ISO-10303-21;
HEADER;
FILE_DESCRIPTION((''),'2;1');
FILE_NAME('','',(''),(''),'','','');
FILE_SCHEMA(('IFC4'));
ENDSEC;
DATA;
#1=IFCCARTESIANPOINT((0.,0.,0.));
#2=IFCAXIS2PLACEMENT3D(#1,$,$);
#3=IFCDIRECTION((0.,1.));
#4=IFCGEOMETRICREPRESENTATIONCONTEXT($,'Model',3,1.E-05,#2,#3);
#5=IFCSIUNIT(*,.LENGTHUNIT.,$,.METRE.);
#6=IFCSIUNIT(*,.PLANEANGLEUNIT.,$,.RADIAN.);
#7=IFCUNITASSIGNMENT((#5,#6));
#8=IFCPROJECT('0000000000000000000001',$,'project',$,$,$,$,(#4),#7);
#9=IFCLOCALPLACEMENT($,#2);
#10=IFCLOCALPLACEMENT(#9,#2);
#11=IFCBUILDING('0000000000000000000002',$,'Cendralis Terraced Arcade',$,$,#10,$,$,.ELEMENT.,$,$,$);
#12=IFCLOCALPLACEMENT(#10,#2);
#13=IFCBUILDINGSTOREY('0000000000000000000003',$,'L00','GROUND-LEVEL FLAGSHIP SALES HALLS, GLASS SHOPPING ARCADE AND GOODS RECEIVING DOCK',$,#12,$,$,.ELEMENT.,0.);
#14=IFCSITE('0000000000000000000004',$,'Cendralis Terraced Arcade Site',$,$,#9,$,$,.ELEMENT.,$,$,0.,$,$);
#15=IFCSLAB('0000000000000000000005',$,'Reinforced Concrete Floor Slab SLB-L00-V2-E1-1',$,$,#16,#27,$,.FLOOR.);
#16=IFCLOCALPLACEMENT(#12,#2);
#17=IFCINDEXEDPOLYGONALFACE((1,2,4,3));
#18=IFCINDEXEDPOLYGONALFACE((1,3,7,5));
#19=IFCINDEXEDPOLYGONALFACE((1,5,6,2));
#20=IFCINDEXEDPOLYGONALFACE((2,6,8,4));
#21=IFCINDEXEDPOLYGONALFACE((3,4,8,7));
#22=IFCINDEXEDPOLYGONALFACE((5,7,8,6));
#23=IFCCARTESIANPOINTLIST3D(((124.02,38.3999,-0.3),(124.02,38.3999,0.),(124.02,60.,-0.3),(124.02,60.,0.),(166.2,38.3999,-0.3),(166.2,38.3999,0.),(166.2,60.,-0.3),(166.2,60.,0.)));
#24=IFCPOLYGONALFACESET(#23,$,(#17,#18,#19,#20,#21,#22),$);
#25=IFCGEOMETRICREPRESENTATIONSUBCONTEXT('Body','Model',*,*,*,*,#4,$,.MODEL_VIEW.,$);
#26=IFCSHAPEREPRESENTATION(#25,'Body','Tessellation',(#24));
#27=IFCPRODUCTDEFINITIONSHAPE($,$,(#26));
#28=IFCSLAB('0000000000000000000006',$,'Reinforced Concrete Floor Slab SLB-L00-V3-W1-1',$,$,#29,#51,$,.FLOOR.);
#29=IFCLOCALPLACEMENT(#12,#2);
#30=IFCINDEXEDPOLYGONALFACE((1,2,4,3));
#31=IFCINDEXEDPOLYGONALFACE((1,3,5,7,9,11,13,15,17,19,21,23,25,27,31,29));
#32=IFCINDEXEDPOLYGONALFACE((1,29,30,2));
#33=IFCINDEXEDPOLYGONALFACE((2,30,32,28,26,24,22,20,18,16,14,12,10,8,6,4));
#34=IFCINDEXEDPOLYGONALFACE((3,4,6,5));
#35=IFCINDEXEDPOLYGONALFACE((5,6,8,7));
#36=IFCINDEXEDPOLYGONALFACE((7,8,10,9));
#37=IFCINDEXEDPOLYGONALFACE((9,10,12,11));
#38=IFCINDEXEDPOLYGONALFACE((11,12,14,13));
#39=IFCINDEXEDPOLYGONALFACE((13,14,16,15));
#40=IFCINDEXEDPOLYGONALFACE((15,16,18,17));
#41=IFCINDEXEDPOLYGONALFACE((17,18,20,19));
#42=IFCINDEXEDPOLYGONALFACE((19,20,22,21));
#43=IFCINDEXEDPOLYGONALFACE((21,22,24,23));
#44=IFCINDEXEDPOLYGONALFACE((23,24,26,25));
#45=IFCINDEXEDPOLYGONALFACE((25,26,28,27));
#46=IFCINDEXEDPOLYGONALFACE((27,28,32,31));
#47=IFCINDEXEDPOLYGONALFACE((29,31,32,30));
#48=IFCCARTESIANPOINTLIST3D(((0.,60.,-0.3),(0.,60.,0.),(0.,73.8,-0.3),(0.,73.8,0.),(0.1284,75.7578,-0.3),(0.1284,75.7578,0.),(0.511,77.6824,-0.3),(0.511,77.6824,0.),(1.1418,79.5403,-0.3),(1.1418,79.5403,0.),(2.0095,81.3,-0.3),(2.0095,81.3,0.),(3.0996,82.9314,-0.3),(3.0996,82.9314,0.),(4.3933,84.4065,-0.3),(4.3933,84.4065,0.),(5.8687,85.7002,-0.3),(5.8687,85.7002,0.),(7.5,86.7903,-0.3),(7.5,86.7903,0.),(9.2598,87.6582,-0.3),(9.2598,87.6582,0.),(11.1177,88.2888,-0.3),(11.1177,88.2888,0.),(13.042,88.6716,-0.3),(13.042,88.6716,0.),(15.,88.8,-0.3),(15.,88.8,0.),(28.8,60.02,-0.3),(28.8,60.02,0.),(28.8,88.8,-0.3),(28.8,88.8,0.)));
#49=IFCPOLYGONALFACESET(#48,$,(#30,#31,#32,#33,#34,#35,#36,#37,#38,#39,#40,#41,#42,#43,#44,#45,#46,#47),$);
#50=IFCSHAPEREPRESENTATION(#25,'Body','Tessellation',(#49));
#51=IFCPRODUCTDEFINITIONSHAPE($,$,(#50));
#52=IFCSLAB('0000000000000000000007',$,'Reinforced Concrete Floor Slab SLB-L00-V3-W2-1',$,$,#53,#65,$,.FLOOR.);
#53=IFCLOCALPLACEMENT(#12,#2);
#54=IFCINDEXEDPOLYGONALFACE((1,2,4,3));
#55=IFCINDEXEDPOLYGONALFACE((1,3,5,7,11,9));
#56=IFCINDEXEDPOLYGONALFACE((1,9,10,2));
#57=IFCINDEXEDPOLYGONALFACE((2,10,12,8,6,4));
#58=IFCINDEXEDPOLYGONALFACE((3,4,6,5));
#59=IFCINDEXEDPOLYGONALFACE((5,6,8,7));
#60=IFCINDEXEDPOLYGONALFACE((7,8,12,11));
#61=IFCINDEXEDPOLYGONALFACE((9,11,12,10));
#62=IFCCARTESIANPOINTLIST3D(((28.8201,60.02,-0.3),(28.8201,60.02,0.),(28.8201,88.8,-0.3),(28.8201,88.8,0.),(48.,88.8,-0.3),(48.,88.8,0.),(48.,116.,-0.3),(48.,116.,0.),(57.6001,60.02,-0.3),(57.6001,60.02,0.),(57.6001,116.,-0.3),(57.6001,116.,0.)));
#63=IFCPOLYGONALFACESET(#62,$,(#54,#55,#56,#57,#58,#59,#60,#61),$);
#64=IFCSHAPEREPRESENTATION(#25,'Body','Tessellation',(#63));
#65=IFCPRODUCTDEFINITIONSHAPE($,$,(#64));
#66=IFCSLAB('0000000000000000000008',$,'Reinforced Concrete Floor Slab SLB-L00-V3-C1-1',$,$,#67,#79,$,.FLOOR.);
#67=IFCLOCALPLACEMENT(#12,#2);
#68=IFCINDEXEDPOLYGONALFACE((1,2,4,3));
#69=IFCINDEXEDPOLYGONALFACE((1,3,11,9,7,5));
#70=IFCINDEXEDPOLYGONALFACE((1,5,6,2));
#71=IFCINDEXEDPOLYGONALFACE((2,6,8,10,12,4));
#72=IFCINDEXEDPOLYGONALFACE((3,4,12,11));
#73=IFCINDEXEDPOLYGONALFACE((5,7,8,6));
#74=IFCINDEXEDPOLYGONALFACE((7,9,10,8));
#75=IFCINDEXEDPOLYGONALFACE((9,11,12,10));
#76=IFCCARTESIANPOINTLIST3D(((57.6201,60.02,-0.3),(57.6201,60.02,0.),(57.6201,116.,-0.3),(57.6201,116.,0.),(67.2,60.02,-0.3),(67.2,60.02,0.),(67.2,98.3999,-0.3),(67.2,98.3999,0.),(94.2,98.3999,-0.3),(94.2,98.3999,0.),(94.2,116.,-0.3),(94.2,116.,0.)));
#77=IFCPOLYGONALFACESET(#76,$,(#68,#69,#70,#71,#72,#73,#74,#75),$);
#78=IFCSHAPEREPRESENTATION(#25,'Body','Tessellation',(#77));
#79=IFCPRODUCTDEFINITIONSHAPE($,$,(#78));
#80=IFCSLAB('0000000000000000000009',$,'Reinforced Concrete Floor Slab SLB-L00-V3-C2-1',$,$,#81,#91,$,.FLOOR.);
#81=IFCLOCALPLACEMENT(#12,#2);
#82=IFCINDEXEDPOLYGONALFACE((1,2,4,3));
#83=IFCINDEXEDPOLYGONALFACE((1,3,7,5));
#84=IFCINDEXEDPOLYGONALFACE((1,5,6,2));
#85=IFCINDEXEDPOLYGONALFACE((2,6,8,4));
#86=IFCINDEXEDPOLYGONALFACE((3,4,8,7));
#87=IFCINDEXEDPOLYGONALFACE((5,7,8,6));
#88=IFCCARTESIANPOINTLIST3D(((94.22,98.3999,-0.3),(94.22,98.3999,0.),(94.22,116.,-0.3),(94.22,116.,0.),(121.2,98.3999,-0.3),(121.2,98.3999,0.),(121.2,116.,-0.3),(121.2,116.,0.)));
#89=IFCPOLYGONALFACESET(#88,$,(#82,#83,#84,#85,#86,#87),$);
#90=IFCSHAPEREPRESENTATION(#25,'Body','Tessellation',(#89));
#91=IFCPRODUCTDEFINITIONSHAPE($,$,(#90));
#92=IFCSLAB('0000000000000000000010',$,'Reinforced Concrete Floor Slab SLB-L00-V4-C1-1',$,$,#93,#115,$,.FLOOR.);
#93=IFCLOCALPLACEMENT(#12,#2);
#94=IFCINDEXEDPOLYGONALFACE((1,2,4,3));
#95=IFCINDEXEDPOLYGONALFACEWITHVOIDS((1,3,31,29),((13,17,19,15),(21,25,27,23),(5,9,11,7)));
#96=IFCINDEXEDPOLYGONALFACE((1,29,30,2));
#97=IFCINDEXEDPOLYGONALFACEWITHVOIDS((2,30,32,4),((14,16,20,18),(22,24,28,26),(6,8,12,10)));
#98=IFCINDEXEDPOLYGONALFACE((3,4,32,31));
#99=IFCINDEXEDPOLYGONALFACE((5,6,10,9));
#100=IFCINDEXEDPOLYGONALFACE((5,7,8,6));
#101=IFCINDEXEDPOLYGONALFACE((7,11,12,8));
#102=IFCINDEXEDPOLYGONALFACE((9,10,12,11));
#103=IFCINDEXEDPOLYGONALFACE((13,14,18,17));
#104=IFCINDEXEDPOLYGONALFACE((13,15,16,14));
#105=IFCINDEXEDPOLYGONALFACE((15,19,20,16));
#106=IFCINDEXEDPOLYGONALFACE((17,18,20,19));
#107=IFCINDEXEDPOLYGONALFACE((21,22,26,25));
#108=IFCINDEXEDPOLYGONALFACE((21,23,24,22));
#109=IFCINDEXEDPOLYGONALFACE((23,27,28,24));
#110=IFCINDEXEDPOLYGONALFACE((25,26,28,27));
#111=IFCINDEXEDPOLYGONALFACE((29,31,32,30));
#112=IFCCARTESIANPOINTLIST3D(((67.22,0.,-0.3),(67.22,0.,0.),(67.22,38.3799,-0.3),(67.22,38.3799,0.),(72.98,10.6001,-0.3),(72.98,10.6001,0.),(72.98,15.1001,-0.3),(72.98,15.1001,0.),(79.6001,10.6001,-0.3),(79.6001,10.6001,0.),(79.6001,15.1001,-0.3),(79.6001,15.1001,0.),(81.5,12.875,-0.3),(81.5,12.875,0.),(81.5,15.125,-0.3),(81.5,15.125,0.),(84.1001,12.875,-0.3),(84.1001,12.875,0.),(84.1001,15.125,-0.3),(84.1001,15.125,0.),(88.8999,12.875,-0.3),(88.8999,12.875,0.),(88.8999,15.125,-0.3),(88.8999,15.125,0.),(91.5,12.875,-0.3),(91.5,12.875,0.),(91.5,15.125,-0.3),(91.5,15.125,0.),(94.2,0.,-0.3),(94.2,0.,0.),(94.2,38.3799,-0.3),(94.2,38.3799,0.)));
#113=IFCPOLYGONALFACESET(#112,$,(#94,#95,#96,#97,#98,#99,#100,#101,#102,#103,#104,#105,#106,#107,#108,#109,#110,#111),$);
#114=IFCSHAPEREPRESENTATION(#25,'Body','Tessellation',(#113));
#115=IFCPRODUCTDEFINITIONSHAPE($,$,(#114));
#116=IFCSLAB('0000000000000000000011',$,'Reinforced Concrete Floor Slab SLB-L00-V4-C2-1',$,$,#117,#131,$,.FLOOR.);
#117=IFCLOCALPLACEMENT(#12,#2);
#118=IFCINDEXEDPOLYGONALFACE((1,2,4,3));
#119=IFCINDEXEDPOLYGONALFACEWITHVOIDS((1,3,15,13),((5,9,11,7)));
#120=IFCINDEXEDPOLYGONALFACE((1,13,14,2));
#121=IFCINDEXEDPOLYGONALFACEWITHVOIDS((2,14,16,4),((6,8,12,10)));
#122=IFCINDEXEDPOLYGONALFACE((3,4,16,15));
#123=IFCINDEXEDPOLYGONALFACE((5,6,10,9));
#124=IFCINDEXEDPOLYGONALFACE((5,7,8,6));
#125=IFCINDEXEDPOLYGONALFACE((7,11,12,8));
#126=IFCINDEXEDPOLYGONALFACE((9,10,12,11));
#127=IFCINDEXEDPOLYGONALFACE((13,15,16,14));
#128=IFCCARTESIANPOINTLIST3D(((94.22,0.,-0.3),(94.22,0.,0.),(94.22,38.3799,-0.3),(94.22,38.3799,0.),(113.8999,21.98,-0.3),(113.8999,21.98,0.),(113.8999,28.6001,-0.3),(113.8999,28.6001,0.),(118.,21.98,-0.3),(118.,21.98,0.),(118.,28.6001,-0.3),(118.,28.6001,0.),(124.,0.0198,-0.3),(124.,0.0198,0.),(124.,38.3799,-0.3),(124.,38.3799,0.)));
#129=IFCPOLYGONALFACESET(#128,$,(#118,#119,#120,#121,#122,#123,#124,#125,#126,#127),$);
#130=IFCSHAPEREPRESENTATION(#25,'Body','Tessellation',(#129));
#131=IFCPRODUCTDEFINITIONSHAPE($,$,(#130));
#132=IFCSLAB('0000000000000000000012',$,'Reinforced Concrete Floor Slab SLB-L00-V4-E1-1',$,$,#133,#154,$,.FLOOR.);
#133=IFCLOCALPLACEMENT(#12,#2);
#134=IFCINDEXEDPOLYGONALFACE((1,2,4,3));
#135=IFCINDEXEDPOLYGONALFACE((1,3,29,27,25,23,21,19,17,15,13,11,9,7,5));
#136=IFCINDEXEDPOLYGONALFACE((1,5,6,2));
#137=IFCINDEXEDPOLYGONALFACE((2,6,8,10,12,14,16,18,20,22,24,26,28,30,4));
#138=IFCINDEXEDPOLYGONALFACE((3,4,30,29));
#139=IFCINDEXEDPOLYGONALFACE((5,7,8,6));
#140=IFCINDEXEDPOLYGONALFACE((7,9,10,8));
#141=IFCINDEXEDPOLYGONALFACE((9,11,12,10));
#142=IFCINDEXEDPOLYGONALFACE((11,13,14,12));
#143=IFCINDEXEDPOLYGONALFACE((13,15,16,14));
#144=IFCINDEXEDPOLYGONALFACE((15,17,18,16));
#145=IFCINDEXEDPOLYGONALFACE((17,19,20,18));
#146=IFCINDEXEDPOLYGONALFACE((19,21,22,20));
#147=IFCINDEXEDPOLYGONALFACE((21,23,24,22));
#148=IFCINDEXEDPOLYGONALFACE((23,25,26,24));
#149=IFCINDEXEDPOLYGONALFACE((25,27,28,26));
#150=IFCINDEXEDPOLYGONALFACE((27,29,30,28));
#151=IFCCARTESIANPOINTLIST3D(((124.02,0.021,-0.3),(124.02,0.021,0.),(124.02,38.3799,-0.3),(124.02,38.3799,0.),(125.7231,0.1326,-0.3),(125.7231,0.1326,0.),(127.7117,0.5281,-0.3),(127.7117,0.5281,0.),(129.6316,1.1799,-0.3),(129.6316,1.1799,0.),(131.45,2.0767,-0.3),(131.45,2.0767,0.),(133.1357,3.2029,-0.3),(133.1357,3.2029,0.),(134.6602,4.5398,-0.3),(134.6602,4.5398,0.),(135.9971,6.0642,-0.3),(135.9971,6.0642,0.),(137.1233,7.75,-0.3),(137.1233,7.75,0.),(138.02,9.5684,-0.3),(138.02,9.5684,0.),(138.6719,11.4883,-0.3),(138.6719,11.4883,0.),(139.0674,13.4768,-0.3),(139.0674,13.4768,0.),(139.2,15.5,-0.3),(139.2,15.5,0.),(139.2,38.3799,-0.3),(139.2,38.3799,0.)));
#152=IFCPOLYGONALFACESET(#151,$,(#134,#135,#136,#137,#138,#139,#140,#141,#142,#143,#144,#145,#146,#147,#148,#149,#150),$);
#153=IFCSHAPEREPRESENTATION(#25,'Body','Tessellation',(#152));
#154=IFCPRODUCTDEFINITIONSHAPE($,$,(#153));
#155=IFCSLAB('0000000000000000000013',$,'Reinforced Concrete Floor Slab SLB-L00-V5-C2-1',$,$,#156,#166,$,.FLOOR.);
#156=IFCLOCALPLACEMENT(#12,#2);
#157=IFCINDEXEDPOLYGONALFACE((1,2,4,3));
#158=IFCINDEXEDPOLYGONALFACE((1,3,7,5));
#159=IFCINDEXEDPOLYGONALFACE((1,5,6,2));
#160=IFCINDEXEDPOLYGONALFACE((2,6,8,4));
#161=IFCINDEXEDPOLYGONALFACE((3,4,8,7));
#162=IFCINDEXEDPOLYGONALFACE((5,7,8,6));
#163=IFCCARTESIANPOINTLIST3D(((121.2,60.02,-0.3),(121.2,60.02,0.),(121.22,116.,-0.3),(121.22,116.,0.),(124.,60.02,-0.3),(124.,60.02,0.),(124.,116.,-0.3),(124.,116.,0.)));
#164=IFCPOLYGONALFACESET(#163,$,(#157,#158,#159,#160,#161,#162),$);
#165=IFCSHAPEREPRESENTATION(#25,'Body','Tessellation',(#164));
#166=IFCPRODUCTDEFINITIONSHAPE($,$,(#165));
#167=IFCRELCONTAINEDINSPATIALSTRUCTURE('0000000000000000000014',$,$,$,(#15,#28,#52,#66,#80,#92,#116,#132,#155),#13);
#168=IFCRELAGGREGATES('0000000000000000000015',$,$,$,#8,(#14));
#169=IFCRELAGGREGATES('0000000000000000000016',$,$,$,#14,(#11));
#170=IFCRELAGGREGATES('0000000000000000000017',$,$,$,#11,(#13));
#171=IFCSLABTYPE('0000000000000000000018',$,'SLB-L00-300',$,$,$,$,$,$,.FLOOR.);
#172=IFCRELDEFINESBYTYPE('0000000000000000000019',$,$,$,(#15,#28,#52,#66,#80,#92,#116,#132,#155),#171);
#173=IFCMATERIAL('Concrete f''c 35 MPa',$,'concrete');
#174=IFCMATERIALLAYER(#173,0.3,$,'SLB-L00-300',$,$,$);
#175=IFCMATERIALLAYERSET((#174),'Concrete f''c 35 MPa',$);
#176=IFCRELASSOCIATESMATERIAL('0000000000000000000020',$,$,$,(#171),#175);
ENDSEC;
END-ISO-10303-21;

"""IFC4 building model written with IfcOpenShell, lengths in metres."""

from ifc_helpers import new_model, si_unit, direction, frame, origin, place, context, subcontext, project, spatial, polyline, outline, extrude, material, layer, layer_set, type_object, element, save


model = new_model("IFC4")

# Units and contexts
model_context = context("Model", 3, precision=1e-05, world=origin(), true_north=direction((0.0, 1.0)))
body_context = subcontext(model_context, "Body", "Model", "MODEL_VIEW")
ifc_project = project(units=[si_unit("LENGTHUNIT", "METRE"), si_unit("PLANEANGLEUNIT", "RADIAN")], contexts=[model_context])

# Site, building, storey
site_placement = place(None, origin())
site = spatial("IfcSite", under=ifc_project, at=site_placement, Name="Cendralis Terraced Arcade Site", CompositionType="ELEMENT", RefElevation=0.0)
building_placement = place(site_placement, origin())
building = spatial("IfcBuilding", under=site, at=building_placement, Name="Cendralis Terraced Arcade", CompositionType="ELEMENT")
storey_placement = place(building_placement, origin())
storey = spatial("IfcBuildingStorey", under=building, at=storey_placement, Name="L00", Description="GROUND-LEVEL FLAGSHIP SALES HALLS, GLASS SHOPPING ARCADE AND GOODS RECEIVING DOCK", CompositionType="ELEMENT", Elevation=0.0)

# Shared definitions
ifc_material_1 = material(Name="Concrete f'c 35 MPa", Category="concrete")

# Slabs
ifc_layer_1 = layer(ifc_material_1, 0.3, Name="SLB-L00-300")
ifc_layer_set_1 = layer_set([ifc_layer_1], Name="Concrete f'c 35 MPa")
slab_type_1 = type_object("IfcSlabType", Name="SLB-L00-300", PredefinedType="FLOOR", material=ifc_layer_set_1)
slab_1_placement = place(storey_placement, frame((0.0, 0.0, -0.3)))
element("IfcSlab", 1, at=slab_1_placement, inside=storey, type_object=slab_type_1, Name="Reinforced Concrete Floor Slab SLB-L00-V2-E1-1", PredefinedType="FLOOR", context=body_context, shape_type="SweptSolid", body=[
    extrude(outline(polyline([(124.02, 38.3999), (124.02, 60.0), (166.2, 60.0), (166.2, 38.3999), (124.02, 38.3999)])), origin(), (0.0, 0.0, 1.0), 0.3),
])
slab_2_placement = place(storey_placement, frame((0.0, 0.0, -0.3)))
element("IfcSlab", 2, at=slab_2_placement, inside=storey, type_object=slab_type_1, Name="Reinforced Concrete Floor Slab SLB-L00-V3-W1-1", PredefinedType="FLOOR", context=body_context, shape_type="SweptSolid", body=[
    extrude(outline(polyline([(0.511, 77.6824), (1.1418, 79.5403), (2.0095, 81.3), (3.0996, 82.9314), (4.3933, 84.4065), (5.8687, 85.7002), (7.5, 86.7903), (9.2598, 87.6582), (11.1177, 88.2888), (13.042, 88.6716), (15.0, 88.8), (28.8, 88.8), (28.8, 60.02), (0.0, 60.0), (0.0, 73.8), (0.1284, 75.7578), (0.511, 77.6824)])), origin(), (0.0, 0.0, 1.0), 0.3),
])
slab_3_placement = place(storey_placement, frame((0.0, 0.0, -0.3)))
element("IfcSlab", 3, at=slab_3_placement, inside=storey, type_object=slab_type_1, Name="Reinforced Concrete Floor Slab SLB-L00-V3-W2-1", PredefinedType="FLOOR", context=body_context, shape_type="SweptSolid", body=[
    extrude(outline(polyline([(57.6001, 116.0), (57.6001, 60.02), (28.8201, 60.02), (28.8201, 88.8), (48.0, 88.8), (48.0, 116.0), (57.6001, 116.0)])), origin(), (0.0, 0.0, 1.0), 0.3),
])
slab_4_placement = place(storey_placement, frame((0.0, 0.0, -0.3)))
element("IfcSlab", 4, at=slab_4_placement, inside=storey, type_object=slab_type_1, Name="Reinforced Concrete Floor Slab SLB-L00-V3-C1-1", PredefinedType="FLOOR", context=body_context, shape_type="SweptSolid", body=[
    extrude(outline(polyline([(67.2, 98.3999), (67.2, 60.02), (57.6201, 60.02), (57.6201, 116.0), (94.2, 116.0), (94.2, 98.3999), (67.2, 98.3999)])), origin(), (0.0, 0.0, 1.0), 0.3),
])
slab_5_placement = place(storey_placement, frame((0.0, 0.0, -0.3)))
element("IfcSlab", 5, at=slab_5_placement, inside=storey, type_object=slab_type_1, Name="Reinforced Concrete Floor Slab SLB-L00-V3-C2-1", PredefinedType="FLOOR", context=body_context, shape_type="SweptSolid", body=[
    extrude(outline(polyline([(94.22, 98.3999), (94.22, 116.0), (121.2, 116.0), (121.2, 98.3999), (94.22, 98.3999)])), origin(), (0.0, 0.0, 1.0), 0.3),
])
slab_6_placement = place(storey_placement, frame((0.0, 0.0, -0.3)))
element("IfcSlab", 6, at=slab_6_placement, inside=storey, type_object=slab_type_1, Name="Reinforced Concrete Floor Slab SLB-L00-V4-C1-1", PredefinedType="FLOOR", context=body_context, shape_type="SweptSolid", body=[
    extrude(outline(polyline([(94.2, 0.0), (67.22, 0.0), (67.22, 38.3799), (94.2, 38.3799), (94.2, 0.0)]), holes=[polyline([(72.98, 15.1001), (72.98, 10.6001), (79.6001, 10.6001), (79.6001, 15.1001), (72.98, 15.1001)]), polyline([(81.5, 15.125), (81.5, 12.875), (84.1001, 12.875), (84.1001, 15.125), (81.5, 15.125)]), polyline([(91.5, 15.125), (88.8999, 15.125), (88.8999, 12.875), (91.5, 12.875), (91.5, 15.125)])]), origin(), (0.0, 0.0, 1.0), 0.3),
])
slab_7_placement = place(storey_placement, frame((0.0, 0.0, -0.3)))
element("IfcSlab", 7, at=slab_7_placement, inside=storey, type_object=slab_type_1, Name="Reinforced Concrete Floor Slab SLB-L00-V4-C2-1", PredefinedType="FLOOR", context=body_context, shape_type="SweptSolid", body=[
    extrude(outline(polyline([(124.0, 0.0198), (94.22, 0.0), (94.22, 38.3799), (124.0, 38.3799), (124.0, 0.0198)]), holes=[polyline([(113.8999, 28.6001), (113.8999, 21.98), (118.0, 21.98), (118.0, 28.6001), (113.8999, 28.6001)])]), origin(), (0.0, 0.0, 1.0), 0.3),
])
slab_8_placement = place(storey_placement, frame((0.0, 0.0, -0.3)))
element("IfcSlab", 8, at=slab_8_placement, inside=storey, type_object=slab_type_1, Name="Reinforced Concrete Floor Slab SLB-L00-V4-E1-1", PredefinedType="FLOOR", context=body_context, shape_type="SweptSolid", body=[
    extrude(outline(polyline([(139.0674, 13.4768), (138.6719, 11.4883), (138.02, 9.5684), (137.1233, 7.75), (135.9971, 6.0642), (134.6602, 4.5398), (133.1357, 3.2029), (131.45, 2.0767), (129.6316, 1.1799), (127.7117, 0.5281), (125.7231, 0.1326), (124.02, 0.021), (124.02, 38.3799), (139.2, 38.3799), (139.2, 15.5), (139.0674, 13.4768)])), origin(), (0.0, 0.0, 1.0), 0.3),
])
slab_9_placement = place(storey_placement, frame((0.0, 0.0, -0.3)))
element("IfcSlab", 9, at=slab_9_placement, inside=storey, type_object=slab_type_1, Name="Reinforced Concrete Floor Slab SLB-L00-V5-C2-1", PredefinedType="FLOOR", context=body_context, shape_type="SweptSolid", body=[
    extrude(outline(polyline([(124.0, 116.0), (124.0, 60.02), (121.2, 60.02), (121.22, 116.0), (124.0, 116.0)])), origin(), (0.0, 0.0, 1.0), 0.3),
])

save(model, "model.ifc")
